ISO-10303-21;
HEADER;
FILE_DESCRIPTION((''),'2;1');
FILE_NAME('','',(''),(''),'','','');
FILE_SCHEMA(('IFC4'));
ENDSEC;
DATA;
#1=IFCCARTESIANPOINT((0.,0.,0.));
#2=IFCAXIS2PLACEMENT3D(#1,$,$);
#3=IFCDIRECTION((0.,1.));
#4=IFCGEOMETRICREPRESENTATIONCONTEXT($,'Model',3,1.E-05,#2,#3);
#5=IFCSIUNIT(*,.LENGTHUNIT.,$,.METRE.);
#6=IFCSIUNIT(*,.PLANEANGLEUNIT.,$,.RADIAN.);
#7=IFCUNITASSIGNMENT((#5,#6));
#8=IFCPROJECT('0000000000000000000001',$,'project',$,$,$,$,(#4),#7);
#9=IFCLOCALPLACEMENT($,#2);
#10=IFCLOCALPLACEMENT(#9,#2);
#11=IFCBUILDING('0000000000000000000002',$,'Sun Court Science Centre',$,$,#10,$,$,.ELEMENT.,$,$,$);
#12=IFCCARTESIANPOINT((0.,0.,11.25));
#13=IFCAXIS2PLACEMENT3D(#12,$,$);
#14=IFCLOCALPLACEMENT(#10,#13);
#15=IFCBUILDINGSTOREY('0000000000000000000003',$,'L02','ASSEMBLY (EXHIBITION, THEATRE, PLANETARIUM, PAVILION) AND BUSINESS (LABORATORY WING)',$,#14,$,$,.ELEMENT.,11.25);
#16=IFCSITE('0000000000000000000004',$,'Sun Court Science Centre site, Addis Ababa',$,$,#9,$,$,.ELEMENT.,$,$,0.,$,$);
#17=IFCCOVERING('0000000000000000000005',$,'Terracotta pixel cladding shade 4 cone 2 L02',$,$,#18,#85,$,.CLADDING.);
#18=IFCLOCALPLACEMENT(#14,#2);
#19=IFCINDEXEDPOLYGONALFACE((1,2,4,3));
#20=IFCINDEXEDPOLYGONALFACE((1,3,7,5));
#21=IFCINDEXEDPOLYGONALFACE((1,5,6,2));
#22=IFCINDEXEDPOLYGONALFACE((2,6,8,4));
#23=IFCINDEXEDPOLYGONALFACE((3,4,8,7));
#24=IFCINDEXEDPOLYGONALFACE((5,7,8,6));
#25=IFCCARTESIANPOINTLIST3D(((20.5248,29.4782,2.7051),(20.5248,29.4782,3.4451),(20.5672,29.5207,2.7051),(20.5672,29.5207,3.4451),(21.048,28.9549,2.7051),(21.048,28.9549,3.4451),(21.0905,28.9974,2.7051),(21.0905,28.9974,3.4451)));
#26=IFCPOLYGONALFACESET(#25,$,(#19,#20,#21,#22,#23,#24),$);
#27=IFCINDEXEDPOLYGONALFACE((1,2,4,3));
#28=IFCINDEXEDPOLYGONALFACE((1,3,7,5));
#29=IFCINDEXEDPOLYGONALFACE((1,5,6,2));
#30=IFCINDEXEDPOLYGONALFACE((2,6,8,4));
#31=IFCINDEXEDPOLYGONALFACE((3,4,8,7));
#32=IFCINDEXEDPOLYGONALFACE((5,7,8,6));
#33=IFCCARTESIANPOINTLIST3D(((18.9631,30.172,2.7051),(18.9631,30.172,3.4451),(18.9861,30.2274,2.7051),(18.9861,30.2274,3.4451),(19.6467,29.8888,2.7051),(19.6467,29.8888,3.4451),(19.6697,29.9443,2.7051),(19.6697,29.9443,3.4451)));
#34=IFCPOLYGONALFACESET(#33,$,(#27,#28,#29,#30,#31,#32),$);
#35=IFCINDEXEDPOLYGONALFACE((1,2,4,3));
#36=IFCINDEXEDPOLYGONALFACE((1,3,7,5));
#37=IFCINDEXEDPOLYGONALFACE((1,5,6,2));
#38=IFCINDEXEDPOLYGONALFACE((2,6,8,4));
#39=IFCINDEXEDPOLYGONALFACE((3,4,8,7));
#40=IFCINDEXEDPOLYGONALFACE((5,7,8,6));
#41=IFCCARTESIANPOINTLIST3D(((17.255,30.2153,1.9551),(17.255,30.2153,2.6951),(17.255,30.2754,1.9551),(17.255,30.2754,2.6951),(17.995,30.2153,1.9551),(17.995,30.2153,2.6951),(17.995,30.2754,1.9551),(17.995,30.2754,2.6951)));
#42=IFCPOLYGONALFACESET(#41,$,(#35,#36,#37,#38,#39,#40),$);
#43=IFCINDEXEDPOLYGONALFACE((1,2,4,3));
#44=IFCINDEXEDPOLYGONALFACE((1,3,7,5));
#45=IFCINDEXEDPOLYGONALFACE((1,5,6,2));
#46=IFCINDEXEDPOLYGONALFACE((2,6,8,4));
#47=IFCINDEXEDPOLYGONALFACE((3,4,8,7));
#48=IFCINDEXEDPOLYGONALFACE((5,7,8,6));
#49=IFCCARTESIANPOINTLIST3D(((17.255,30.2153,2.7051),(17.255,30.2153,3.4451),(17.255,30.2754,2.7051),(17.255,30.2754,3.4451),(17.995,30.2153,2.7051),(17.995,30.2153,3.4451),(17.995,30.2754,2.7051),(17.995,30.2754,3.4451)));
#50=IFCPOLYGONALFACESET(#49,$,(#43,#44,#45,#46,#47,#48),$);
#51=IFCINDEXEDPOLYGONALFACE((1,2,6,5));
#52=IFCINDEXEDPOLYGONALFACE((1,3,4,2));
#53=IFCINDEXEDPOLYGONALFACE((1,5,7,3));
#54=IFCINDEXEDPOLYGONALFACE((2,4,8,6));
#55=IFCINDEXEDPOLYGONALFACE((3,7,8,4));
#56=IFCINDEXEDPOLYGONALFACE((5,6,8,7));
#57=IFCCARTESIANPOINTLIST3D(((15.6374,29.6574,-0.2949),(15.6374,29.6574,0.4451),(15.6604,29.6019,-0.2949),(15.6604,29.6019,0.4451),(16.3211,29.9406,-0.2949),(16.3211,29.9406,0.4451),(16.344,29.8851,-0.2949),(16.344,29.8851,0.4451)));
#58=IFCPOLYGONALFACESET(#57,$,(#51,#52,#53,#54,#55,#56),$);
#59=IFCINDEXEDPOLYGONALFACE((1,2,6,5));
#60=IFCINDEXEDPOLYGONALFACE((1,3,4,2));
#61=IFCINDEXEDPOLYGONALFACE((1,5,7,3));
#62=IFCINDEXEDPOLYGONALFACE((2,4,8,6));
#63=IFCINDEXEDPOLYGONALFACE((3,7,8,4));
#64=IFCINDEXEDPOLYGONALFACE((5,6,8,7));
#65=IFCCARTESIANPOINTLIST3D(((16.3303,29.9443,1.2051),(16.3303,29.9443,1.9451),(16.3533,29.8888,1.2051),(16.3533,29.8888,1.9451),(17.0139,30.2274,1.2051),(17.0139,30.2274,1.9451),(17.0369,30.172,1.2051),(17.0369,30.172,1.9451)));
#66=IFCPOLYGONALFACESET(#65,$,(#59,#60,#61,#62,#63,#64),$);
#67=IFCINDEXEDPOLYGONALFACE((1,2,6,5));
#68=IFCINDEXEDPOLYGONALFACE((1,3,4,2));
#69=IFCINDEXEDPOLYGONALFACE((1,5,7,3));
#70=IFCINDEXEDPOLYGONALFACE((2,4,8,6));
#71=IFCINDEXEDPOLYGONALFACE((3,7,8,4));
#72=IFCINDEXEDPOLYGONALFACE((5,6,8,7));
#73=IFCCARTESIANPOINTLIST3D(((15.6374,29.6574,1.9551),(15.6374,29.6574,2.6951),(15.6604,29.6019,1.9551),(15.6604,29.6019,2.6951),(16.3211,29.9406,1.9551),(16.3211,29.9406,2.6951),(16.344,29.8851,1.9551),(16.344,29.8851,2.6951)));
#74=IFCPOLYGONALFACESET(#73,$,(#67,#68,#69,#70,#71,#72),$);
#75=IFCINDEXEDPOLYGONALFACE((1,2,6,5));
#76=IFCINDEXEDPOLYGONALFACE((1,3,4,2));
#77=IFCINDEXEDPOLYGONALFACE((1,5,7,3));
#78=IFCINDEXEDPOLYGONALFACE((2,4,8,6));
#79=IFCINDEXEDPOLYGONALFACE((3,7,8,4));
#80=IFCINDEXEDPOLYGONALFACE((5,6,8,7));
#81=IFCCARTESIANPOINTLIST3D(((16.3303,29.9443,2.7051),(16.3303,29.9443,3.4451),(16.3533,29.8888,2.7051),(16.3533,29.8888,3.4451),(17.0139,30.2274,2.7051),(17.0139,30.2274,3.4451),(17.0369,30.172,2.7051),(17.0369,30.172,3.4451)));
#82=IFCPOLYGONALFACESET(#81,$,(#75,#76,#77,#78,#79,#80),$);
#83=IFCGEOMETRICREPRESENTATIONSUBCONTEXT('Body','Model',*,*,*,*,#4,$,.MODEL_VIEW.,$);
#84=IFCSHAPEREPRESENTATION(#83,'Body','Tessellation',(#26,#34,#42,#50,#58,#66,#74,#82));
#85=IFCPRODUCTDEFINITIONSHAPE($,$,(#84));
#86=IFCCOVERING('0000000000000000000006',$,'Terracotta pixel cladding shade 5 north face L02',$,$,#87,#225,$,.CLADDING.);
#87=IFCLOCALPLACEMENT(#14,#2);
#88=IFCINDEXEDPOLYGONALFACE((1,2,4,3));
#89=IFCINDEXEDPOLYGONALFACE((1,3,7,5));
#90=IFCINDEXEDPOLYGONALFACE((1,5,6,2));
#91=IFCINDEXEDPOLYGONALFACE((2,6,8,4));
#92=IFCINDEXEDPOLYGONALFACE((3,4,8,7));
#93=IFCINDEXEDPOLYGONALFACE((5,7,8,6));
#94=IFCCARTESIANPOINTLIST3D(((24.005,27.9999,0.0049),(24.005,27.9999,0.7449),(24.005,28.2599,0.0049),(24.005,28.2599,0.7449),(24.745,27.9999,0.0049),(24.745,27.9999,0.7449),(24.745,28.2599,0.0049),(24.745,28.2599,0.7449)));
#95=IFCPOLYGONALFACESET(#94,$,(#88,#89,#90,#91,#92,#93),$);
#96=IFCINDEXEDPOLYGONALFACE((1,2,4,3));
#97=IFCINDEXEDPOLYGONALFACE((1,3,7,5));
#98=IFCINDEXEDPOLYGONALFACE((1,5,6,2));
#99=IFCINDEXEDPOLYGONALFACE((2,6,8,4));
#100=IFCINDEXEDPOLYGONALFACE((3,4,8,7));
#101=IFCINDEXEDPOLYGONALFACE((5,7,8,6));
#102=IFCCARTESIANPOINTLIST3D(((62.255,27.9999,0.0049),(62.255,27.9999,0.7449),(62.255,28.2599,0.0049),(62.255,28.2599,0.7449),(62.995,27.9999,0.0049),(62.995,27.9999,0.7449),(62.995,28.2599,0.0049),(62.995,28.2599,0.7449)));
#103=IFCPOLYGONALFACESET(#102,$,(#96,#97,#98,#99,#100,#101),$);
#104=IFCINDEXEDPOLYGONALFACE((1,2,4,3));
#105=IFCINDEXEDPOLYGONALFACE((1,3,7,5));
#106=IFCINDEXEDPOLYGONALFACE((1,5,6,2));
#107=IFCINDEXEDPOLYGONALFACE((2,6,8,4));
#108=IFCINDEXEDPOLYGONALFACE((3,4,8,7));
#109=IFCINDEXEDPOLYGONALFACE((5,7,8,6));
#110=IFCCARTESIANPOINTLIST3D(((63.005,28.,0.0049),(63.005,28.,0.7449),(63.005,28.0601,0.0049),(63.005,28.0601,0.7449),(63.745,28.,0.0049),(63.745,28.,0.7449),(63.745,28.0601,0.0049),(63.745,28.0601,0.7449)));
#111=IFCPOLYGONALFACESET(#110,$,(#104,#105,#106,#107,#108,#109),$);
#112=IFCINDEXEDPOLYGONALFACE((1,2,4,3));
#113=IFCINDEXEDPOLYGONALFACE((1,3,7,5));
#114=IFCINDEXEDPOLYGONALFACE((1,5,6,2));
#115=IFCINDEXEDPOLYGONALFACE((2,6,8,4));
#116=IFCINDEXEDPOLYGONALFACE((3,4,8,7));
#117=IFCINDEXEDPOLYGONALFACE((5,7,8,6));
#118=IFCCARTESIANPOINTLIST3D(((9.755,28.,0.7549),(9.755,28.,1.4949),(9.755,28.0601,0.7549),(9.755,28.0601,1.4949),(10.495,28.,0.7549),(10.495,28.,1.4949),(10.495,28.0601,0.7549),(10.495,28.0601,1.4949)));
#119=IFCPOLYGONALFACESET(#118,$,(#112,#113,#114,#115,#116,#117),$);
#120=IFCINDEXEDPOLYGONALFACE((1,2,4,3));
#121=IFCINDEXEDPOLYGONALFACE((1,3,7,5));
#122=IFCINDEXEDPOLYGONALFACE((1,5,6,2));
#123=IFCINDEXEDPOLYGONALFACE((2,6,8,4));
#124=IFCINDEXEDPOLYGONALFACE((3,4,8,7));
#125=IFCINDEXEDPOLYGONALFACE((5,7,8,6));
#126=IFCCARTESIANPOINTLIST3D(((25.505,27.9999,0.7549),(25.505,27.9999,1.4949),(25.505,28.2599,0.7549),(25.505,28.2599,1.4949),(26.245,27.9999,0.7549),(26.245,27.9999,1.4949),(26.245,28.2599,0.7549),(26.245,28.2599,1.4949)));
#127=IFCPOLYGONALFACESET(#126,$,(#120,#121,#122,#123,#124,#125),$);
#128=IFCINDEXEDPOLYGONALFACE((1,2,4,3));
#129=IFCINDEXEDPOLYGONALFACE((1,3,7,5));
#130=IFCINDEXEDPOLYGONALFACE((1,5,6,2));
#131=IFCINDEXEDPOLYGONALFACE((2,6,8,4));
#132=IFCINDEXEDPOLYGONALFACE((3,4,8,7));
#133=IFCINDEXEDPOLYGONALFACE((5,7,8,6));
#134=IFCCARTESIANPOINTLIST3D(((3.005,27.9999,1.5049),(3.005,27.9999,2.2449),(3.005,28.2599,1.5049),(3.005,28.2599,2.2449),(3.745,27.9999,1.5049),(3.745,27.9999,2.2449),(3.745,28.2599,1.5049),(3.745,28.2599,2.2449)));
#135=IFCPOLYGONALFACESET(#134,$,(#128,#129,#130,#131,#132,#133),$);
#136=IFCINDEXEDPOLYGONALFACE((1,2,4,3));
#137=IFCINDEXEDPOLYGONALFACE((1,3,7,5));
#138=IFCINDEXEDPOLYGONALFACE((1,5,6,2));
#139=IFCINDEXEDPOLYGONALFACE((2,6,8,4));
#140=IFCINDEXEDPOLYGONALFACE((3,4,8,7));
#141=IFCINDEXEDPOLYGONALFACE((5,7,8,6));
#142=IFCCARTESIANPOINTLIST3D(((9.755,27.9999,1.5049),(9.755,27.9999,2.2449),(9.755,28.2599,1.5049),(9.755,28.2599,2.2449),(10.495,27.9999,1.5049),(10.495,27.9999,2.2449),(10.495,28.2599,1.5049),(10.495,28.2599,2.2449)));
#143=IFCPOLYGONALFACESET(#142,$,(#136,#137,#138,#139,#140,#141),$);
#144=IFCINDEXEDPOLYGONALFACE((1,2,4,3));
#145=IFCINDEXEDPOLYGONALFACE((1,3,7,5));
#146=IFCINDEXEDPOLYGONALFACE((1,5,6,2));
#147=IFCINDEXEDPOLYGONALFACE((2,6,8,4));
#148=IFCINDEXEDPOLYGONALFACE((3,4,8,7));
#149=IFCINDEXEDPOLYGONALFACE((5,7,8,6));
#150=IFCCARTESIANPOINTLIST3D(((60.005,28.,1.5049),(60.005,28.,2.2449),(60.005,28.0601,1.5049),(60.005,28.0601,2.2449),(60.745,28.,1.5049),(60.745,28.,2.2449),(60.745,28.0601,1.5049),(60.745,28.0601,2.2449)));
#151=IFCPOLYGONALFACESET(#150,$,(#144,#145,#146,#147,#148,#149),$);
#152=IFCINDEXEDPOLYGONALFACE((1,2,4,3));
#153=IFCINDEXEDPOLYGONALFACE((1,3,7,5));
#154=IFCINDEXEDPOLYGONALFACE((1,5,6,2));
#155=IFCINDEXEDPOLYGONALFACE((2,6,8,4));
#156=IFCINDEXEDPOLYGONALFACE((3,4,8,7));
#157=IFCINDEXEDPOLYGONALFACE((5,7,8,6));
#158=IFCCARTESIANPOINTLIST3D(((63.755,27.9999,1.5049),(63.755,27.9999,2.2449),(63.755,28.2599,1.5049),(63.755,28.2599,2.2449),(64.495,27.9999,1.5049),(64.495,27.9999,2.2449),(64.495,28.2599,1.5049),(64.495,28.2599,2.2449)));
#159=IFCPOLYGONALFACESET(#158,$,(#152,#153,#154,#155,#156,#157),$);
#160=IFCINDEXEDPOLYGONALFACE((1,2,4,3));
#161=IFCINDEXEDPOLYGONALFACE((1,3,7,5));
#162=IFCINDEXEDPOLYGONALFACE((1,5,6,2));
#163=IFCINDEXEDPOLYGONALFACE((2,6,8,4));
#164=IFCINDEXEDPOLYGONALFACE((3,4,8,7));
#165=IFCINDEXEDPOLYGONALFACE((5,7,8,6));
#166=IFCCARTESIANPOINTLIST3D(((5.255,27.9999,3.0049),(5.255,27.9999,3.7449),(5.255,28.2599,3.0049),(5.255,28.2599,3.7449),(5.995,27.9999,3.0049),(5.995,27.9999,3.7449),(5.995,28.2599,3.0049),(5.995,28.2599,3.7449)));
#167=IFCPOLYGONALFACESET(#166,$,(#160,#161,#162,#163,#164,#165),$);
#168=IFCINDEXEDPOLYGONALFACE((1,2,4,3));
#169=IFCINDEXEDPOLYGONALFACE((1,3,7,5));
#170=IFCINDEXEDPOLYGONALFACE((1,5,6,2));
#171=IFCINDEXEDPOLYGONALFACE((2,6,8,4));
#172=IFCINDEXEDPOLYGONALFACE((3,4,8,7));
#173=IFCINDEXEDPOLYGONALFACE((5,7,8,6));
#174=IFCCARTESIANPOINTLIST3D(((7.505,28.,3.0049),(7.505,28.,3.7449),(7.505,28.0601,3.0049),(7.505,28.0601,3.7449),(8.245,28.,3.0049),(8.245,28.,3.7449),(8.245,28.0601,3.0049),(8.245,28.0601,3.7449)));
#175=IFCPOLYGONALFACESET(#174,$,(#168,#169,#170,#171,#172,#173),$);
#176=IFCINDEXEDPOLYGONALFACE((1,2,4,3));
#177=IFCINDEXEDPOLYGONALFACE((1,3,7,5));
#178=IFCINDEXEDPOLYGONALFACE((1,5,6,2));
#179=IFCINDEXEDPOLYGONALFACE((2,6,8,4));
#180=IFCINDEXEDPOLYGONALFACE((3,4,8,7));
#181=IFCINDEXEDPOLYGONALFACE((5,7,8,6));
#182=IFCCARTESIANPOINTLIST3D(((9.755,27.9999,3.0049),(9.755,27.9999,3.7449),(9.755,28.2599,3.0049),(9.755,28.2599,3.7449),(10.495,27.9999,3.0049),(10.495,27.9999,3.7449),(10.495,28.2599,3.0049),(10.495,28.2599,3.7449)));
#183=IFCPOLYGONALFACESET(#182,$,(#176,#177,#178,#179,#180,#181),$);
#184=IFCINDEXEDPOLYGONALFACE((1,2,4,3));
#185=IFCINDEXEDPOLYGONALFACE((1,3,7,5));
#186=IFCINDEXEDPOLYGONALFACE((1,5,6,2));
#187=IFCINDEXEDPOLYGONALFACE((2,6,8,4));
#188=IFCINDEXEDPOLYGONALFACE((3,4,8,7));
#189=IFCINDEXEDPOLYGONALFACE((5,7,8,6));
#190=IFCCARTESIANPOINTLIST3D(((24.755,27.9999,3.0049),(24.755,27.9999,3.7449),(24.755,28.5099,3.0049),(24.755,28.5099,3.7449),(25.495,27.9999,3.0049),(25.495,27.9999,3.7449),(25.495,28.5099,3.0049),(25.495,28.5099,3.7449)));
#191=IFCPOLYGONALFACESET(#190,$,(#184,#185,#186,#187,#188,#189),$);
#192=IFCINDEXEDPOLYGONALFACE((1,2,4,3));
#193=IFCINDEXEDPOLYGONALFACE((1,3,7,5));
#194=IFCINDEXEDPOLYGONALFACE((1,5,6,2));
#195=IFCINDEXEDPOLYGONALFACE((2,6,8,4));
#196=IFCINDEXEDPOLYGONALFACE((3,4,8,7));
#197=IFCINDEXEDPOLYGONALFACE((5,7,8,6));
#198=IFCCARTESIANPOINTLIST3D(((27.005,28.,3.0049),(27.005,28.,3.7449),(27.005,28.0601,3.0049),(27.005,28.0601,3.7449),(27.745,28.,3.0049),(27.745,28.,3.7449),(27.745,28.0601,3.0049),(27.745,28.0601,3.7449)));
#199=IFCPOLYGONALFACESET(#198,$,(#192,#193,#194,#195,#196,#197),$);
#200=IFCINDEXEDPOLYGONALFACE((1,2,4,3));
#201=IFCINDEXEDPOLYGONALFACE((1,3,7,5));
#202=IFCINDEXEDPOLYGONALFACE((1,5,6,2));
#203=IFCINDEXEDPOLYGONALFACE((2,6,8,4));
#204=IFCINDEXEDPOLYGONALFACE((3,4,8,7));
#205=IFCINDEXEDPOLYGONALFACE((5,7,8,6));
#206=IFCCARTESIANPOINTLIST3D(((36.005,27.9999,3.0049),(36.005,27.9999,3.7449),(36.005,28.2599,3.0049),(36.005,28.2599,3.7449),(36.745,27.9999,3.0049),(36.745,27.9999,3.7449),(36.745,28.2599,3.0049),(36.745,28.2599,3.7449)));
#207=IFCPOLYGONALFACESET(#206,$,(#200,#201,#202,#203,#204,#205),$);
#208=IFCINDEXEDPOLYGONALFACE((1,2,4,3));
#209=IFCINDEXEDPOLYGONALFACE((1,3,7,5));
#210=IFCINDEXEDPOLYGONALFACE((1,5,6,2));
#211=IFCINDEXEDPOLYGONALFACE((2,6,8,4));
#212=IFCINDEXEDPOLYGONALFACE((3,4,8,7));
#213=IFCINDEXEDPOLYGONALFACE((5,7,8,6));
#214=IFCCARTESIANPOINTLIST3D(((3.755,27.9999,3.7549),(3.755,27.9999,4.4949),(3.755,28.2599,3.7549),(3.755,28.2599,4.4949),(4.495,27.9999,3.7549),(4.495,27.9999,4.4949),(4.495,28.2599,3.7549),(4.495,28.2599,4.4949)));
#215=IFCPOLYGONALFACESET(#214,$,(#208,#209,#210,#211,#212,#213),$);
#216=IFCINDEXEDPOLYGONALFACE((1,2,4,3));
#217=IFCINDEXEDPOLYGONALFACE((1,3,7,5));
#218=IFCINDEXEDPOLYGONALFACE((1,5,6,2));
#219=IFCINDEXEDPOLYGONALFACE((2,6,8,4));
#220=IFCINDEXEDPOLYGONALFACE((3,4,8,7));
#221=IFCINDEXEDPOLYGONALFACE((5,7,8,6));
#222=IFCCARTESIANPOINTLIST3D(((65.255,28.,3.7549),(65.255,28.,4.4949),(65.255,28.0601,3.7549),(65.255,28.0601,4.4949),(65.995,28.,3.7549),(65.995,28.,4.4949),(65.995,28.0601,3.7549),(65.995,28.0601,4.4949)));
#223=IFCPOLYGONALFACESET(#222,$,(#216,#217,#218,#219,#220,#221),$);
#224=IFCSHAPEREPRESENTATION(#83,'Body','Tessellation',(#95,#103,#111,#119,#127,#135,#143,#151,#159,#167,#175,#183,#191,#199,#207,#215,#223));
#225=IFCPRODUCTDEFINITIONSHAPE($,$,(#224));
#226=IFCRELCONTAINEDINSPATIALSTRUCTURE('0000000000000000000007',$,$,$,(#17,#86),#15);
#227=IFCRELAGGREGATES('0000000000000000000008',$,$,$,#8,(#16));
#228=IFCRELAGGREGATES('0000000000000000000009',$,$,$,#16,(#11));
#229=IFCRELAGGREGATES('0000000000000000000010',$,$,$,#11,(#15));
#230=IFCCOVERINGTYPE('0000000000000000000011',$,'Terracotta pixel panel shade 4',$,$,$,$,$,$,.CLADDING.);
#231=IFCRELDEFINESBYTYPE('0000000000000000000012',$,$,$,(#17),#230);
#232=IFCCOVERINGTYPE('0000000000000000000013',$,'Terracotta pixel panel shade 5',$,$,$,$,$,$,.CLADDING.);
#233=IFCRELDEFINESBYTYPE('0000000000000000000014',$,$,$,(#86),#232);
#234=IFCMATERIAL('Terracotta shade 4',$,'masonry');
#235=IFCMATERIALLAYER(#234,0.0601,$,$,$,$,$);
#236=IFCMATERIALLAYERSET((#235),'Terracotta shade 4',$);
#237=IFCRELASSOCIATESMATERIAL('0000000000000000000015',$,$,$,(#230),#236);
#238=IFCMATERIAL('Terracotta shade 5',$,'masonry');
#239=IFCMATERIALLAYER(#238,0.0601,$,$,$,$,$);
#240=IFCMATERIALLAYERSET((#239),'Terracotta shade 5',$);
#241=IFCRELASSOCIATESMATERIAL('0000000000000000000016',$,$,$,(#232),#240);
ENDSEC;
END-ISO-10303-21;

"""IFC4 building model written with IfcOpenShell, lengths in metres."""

from ifc_helpers import new_model, si_unit, direction, frame, origin, origin_2d, place, context, subcontext, project, spatial, rectangle, extrude, material, layer, layer_set, type_object, element, save


model = new_model("IFC4")

# Units and contexts
model_context = context("Model", 3, precision=1e-05, world=origin(), true_north=direction((0.0, 1.0)))
body_context = subcontext(model_context, "Body", "Model", "MODEL_VIEW")
ifc_project = project(units=[si_unit("LENGTHUNIT", "METRE"), si_unit("PLANEANGLEUNIT", "RADIAN")], contexts=[model_context])

# Site, building, storey
site_placement = place(None, origin())
site = spatial("IfcSite", under=ifc_project, at=site_placement, Name="Sun Court Science Centre site, Addis Ababa", CompositionType="ELEMENT", RefElevation=0.0)
building_placement = place(site_placement, origin())
building = spatial("IfcBuilding", under=site, at=building_placement, Name="Sun Court Science Centre", CompositionType="ELEMENT")
storey_placement = place(building_placement, frame((0.0, 0.0, 11.25)))
storey = spatial("IfcBuildingStorey", under=building, at=storey_placement, Name="L02", Description="ASSEMBLY (EXHIBITION, THEATRE, PLANETARIUM, PAVILION) AND BUSINESS (LABORATORY WING)", CompositionType="ELEMENT", Elevation=11.25)

# Coverings
ifc_material_1 = material(Name="Terracotta shade 4", Category="masonry")
ifc_layer_1 = layer(ifc_material_1, 0.0601)
ifc_layer_set_1 = layer_set([ifc_layer_1], Name="Terracotta shade 4")
covering_type_1 = type_object("IfcCoveringType", Name="Terracotta pixel panel shade 4", PredefinedType="CLADDING", material=ifc_layer_set_1)
covering_1_placement = place(storey_placement, frame((0.0, 0.0, -11.25)))
element("IfcCovering", 1, at=covering_1_placement, inside=storey, type_object=covering_type_1, Name="Terracotta pixel cladding shade 4 cone 2 L02", PredefinedType="CLADDING", context=body_context, shape_type="SweptSolid", body=[
    extrude(rectangle(XDim=0.74, YDim=0.0601, at=origin_2d()), frame((20.8076, 29.2378, 13.9551), z_axis=(0.0, 0.0, 1.0), x_axis=(0.707107, -0.707107, 0.0)), (0.0, 0.0, 1.0), 0.74),
    extrude(rectangle(XDim=0.74, YDim=0.0601, at=origin_2d()), frame((19.3164, 30.0581, 13.9551), z_axis=(0.0, 0.0, 1.0), x_axis=(0.92388, -0.382683, 0.0)), (0.0, 0.0, 1.0), 0.74),
    extrude(rectangle(XDim=0.74, YDim=0.0601, at=origin_2d()), frame((17.625, 30.2454, 13.2051), z_axis=(0.0, 0.0, 1.0), x_axis=(1.0, 0.0, 0.0)), (0.0, 0.0, 1.0), 0.74),
    extrude(rectangle(XDim=0.74, YDim=0.0601, at=origin_2d()), frame((17.625, 30.2454, 13.9551), z_axis=(0.0, 0.0, 1.0), x_axis=(1.0, 0.0, 0.0)), (0.0, 0.0, 1.0), 0.74),
    extrude(rectangle(XDim=0.74, YDim=0.0601, at=origin_2d()), frame((15.9907, 29.7712, 10.9551), z_axis=(0.0, 0.0, 1.0), x_axis=(0.92388, 0.382683, 0.0)), (0.0, 0.0, 1.0), 0.74),
    extrude(rectangle(XDim=0.74, YDim=0.0601, at=origin_2d()), frame((16.6836, 30.0581, 12.4551), z_axis=(0.0, 0.0, 1.0), x_axis=(0.92388, 0.382683, 0.0)), (0.0, 0.0, 1.0), 0.74),
    extrude(rectangle(XDim=0.74, YDim=0.0601, at=origin_2d()), frame((15.9907, 29.7712, 13.2051), z_axis=(0.0, 0.0, 1.0), x_axis=(0.92388, 0.382683, 0.0)), (0.0, 0.0, 1.0), 0.74),
    extrude(rectangle(XDim=0.74, YDim=0.0601, at=origin_2d()), frame((16.6836, 30.0581, 13.9551), z_axis=(0.0, 0.0, 1.0), x_axis=(0.92388, 0.382683, 0.0)), (0.0, 0.0, 1.0), 0.74),
])
ifc_material_2 = material(Name="Terracotta shade 5", Category="masonry")
ifc_layer_2 = layer(ifc_material_2, 0.0601)
ifc_layer_set_2 = layer_set([ifc_layer_2], Name="Terracotta shade 5")
covering_type_2 = type_object("IfcCoveringType", Name="Terracotta pixel panel shade 5", PredefinedType="CLADDING", material=ifc_layer_set_2)
covering_2_placement = place(storey_placement, frame((0.0, 0.0, -11.25)))
element("IfcCovering", 2, at=covering_2_placement, inside=storey, type_object=covering_type_2, Name="Terracotta pixel cladding shade 5 north face L02", PredefinedType="CLADDING", context=body_context, shape_type="SweptSolid", body=[
    extrude(rectangle(XDim=0.74, YDim=0.26, at=origin_2d()), frame((24.375, 28.1299, 11.2549), z_axis=(0.0, 0.0, 1.0), x_axis=(1.0, 0.0, 0.0)), (0.0, 0.0, 1.0), 0.74),
    extrude(rectangle(XDim=0.74, YDim=0.26, at=origin_2d()), frame((62.625, 28.1299, 11.2549), z_axis=(0.0, 0.0, 1.0), x_axis=(1.0, 0.0, 0.0)), (0.0, 0.0, 1.0), 0.74),
    extrude(rectangle(XDim=0.74, YDim=0.0601, at=origin_2d()), frame((63.375, 28.03, 11.2549), z_axis=(0.0, 0.0, 1.0), x_axis=(1.0, 0.0, 0.0)), (0.0, 0.0, 1.0), 0.74),
    extrude(rectangle(XDim=0.74, YDim=0.0601, at=origin_2d()), frame((10.125, 28.03, 12.0049), z_axis=(0.0, 0.0, 1.0), x_axis=(1.0, 0.0, 0.0)), (0.0, 0.0, 1.0), 0.74),
    extrude(rectangle(XDim=0.74, YDim=0.26, at=origin_2d()), frame((25.875, 28.1299, 12.0049), z_axis=(0.0, 0.0, 1.0), x_axis=(1.0, 0.0, 0.0)), (0.0, 0.0, 1.0), 0.74),
    extrude(rectangle(XDim=0.74, YDim=0.26, at=origin_2d()), frame((3.375, 28.1299, 12.7549), z_axis=(0.0, 0.0, 1.0), x_axis=(1.0, 0.0, 0.0)), (0.0, 0.0, 1.0), 0.74),
    extrude(rectangle(XDim=0.74, YDim=0.26, at=origin_2d()), frame((10.125, 28.1299, 12.7549), z_axis=(0.0, 0.0, 1.0), x_axis=(1.0, 0.0, 0.0)), (0.0, 0.0, 1.0), 0.74),
    extrude(rectangle(XDim=0.74, YDim=0.0601, at=origin_2d()), frame((60.375, 28.03, 12.7549), z_axis=(0.0, 0.0, 1.0), x_axis=(1.0, 0.0, 0.0)), (0.0, 0.0, 1.0), 0.74),
    extrude(rectangle(XDim=0.74, YDim=0.26, at=origin_2d()), frame((64.125, 28.1299, 12.7549), z_axis=(0.0, 0.0, 1.0), x_axis=(1.0, 0.0, 0.0)), (0.0, 0.0, 1.0), 0.74),
    extrude(rectangle(XDim=0.74, YDim=0.26, at=origin_2d()), frame((5.625, 28.1299, 14.2549), z_axis=(0.0, 0.0, 1.0), x_axis=(1.0, 0.0, 0.0)), (0.0, 0.0, 1.0), 0.74),
    extrude(rectangle(XDim=0.74, YDim=0.0601, at=origin_2d()), frame((7.875, 28.03, 14.2549), z_axis=(0.0, 0.0, 1.0), x_axis=(1.0, 0.0, 0.0)), (0.0, 0.0, 1.0), 0.74),
    extrude(rectangle(XDim=0.74, YDim=0.26, at=origin_2d()), frame((10.125, 28.1299, 14.2549), z_axis=(0.0, 0.0, 1.0), x_axis=(1.0, 0.0, 0.0)), (0.0, 0.0, 1.0), 0.74),
    extrude(rectangle(XDim=0.74, YDim=0.51, at=origin_2d()), frame((25.125, 28.2549, 14.2549), z_axis=(0.0, 0.0, 1.0), x_axis=(1.0, 0.0, 0.0)), (0.0, 0.0, 1.0), 0.74),
    extrude(rectangle(XDim=0.74, YDim=0.0601, at=origin_2d()), frame((27.375, 28.03, 14.2549), z_axis=(0.0, 0.0, 1.0), x_axis=(1.0, 0.0, 0.0)), (0.0, 0.0, 1.0), 0.74),
    extrude(rectangle(XDim=0.74, YDim=0.26, at=origin_2d()), frame((36.375, 28.1299, 14.2549), z_axis=(0.0, 0.0, 1.0), x_axis=(1.0, 0.0, 0.0)), (0.0, 0.0, 1.0), 0.74),
    extrude(rectangle(XDim=0.74, YDim=0.26, at=origin_2d()), frame((4.125, 28.1299, 15.0049), z_axis=(0.0, 0.0, 1.0), x_axis=(1.0, 0.0, 0.0)), (0.0, 0.0, 1.0), 0.74),
    extrude(rectangle(XDim=0.74, YDim=0.0601, at=origin_2d()), frame((65.625, 28.03, 15.0049), z_axis=(0.0, 0.0, 1.0), x_axis=(1.0, 0.0, 0.0)), (0.0, 0.0, 1.0), 0.74),
])

save(model, "model.ifc")
